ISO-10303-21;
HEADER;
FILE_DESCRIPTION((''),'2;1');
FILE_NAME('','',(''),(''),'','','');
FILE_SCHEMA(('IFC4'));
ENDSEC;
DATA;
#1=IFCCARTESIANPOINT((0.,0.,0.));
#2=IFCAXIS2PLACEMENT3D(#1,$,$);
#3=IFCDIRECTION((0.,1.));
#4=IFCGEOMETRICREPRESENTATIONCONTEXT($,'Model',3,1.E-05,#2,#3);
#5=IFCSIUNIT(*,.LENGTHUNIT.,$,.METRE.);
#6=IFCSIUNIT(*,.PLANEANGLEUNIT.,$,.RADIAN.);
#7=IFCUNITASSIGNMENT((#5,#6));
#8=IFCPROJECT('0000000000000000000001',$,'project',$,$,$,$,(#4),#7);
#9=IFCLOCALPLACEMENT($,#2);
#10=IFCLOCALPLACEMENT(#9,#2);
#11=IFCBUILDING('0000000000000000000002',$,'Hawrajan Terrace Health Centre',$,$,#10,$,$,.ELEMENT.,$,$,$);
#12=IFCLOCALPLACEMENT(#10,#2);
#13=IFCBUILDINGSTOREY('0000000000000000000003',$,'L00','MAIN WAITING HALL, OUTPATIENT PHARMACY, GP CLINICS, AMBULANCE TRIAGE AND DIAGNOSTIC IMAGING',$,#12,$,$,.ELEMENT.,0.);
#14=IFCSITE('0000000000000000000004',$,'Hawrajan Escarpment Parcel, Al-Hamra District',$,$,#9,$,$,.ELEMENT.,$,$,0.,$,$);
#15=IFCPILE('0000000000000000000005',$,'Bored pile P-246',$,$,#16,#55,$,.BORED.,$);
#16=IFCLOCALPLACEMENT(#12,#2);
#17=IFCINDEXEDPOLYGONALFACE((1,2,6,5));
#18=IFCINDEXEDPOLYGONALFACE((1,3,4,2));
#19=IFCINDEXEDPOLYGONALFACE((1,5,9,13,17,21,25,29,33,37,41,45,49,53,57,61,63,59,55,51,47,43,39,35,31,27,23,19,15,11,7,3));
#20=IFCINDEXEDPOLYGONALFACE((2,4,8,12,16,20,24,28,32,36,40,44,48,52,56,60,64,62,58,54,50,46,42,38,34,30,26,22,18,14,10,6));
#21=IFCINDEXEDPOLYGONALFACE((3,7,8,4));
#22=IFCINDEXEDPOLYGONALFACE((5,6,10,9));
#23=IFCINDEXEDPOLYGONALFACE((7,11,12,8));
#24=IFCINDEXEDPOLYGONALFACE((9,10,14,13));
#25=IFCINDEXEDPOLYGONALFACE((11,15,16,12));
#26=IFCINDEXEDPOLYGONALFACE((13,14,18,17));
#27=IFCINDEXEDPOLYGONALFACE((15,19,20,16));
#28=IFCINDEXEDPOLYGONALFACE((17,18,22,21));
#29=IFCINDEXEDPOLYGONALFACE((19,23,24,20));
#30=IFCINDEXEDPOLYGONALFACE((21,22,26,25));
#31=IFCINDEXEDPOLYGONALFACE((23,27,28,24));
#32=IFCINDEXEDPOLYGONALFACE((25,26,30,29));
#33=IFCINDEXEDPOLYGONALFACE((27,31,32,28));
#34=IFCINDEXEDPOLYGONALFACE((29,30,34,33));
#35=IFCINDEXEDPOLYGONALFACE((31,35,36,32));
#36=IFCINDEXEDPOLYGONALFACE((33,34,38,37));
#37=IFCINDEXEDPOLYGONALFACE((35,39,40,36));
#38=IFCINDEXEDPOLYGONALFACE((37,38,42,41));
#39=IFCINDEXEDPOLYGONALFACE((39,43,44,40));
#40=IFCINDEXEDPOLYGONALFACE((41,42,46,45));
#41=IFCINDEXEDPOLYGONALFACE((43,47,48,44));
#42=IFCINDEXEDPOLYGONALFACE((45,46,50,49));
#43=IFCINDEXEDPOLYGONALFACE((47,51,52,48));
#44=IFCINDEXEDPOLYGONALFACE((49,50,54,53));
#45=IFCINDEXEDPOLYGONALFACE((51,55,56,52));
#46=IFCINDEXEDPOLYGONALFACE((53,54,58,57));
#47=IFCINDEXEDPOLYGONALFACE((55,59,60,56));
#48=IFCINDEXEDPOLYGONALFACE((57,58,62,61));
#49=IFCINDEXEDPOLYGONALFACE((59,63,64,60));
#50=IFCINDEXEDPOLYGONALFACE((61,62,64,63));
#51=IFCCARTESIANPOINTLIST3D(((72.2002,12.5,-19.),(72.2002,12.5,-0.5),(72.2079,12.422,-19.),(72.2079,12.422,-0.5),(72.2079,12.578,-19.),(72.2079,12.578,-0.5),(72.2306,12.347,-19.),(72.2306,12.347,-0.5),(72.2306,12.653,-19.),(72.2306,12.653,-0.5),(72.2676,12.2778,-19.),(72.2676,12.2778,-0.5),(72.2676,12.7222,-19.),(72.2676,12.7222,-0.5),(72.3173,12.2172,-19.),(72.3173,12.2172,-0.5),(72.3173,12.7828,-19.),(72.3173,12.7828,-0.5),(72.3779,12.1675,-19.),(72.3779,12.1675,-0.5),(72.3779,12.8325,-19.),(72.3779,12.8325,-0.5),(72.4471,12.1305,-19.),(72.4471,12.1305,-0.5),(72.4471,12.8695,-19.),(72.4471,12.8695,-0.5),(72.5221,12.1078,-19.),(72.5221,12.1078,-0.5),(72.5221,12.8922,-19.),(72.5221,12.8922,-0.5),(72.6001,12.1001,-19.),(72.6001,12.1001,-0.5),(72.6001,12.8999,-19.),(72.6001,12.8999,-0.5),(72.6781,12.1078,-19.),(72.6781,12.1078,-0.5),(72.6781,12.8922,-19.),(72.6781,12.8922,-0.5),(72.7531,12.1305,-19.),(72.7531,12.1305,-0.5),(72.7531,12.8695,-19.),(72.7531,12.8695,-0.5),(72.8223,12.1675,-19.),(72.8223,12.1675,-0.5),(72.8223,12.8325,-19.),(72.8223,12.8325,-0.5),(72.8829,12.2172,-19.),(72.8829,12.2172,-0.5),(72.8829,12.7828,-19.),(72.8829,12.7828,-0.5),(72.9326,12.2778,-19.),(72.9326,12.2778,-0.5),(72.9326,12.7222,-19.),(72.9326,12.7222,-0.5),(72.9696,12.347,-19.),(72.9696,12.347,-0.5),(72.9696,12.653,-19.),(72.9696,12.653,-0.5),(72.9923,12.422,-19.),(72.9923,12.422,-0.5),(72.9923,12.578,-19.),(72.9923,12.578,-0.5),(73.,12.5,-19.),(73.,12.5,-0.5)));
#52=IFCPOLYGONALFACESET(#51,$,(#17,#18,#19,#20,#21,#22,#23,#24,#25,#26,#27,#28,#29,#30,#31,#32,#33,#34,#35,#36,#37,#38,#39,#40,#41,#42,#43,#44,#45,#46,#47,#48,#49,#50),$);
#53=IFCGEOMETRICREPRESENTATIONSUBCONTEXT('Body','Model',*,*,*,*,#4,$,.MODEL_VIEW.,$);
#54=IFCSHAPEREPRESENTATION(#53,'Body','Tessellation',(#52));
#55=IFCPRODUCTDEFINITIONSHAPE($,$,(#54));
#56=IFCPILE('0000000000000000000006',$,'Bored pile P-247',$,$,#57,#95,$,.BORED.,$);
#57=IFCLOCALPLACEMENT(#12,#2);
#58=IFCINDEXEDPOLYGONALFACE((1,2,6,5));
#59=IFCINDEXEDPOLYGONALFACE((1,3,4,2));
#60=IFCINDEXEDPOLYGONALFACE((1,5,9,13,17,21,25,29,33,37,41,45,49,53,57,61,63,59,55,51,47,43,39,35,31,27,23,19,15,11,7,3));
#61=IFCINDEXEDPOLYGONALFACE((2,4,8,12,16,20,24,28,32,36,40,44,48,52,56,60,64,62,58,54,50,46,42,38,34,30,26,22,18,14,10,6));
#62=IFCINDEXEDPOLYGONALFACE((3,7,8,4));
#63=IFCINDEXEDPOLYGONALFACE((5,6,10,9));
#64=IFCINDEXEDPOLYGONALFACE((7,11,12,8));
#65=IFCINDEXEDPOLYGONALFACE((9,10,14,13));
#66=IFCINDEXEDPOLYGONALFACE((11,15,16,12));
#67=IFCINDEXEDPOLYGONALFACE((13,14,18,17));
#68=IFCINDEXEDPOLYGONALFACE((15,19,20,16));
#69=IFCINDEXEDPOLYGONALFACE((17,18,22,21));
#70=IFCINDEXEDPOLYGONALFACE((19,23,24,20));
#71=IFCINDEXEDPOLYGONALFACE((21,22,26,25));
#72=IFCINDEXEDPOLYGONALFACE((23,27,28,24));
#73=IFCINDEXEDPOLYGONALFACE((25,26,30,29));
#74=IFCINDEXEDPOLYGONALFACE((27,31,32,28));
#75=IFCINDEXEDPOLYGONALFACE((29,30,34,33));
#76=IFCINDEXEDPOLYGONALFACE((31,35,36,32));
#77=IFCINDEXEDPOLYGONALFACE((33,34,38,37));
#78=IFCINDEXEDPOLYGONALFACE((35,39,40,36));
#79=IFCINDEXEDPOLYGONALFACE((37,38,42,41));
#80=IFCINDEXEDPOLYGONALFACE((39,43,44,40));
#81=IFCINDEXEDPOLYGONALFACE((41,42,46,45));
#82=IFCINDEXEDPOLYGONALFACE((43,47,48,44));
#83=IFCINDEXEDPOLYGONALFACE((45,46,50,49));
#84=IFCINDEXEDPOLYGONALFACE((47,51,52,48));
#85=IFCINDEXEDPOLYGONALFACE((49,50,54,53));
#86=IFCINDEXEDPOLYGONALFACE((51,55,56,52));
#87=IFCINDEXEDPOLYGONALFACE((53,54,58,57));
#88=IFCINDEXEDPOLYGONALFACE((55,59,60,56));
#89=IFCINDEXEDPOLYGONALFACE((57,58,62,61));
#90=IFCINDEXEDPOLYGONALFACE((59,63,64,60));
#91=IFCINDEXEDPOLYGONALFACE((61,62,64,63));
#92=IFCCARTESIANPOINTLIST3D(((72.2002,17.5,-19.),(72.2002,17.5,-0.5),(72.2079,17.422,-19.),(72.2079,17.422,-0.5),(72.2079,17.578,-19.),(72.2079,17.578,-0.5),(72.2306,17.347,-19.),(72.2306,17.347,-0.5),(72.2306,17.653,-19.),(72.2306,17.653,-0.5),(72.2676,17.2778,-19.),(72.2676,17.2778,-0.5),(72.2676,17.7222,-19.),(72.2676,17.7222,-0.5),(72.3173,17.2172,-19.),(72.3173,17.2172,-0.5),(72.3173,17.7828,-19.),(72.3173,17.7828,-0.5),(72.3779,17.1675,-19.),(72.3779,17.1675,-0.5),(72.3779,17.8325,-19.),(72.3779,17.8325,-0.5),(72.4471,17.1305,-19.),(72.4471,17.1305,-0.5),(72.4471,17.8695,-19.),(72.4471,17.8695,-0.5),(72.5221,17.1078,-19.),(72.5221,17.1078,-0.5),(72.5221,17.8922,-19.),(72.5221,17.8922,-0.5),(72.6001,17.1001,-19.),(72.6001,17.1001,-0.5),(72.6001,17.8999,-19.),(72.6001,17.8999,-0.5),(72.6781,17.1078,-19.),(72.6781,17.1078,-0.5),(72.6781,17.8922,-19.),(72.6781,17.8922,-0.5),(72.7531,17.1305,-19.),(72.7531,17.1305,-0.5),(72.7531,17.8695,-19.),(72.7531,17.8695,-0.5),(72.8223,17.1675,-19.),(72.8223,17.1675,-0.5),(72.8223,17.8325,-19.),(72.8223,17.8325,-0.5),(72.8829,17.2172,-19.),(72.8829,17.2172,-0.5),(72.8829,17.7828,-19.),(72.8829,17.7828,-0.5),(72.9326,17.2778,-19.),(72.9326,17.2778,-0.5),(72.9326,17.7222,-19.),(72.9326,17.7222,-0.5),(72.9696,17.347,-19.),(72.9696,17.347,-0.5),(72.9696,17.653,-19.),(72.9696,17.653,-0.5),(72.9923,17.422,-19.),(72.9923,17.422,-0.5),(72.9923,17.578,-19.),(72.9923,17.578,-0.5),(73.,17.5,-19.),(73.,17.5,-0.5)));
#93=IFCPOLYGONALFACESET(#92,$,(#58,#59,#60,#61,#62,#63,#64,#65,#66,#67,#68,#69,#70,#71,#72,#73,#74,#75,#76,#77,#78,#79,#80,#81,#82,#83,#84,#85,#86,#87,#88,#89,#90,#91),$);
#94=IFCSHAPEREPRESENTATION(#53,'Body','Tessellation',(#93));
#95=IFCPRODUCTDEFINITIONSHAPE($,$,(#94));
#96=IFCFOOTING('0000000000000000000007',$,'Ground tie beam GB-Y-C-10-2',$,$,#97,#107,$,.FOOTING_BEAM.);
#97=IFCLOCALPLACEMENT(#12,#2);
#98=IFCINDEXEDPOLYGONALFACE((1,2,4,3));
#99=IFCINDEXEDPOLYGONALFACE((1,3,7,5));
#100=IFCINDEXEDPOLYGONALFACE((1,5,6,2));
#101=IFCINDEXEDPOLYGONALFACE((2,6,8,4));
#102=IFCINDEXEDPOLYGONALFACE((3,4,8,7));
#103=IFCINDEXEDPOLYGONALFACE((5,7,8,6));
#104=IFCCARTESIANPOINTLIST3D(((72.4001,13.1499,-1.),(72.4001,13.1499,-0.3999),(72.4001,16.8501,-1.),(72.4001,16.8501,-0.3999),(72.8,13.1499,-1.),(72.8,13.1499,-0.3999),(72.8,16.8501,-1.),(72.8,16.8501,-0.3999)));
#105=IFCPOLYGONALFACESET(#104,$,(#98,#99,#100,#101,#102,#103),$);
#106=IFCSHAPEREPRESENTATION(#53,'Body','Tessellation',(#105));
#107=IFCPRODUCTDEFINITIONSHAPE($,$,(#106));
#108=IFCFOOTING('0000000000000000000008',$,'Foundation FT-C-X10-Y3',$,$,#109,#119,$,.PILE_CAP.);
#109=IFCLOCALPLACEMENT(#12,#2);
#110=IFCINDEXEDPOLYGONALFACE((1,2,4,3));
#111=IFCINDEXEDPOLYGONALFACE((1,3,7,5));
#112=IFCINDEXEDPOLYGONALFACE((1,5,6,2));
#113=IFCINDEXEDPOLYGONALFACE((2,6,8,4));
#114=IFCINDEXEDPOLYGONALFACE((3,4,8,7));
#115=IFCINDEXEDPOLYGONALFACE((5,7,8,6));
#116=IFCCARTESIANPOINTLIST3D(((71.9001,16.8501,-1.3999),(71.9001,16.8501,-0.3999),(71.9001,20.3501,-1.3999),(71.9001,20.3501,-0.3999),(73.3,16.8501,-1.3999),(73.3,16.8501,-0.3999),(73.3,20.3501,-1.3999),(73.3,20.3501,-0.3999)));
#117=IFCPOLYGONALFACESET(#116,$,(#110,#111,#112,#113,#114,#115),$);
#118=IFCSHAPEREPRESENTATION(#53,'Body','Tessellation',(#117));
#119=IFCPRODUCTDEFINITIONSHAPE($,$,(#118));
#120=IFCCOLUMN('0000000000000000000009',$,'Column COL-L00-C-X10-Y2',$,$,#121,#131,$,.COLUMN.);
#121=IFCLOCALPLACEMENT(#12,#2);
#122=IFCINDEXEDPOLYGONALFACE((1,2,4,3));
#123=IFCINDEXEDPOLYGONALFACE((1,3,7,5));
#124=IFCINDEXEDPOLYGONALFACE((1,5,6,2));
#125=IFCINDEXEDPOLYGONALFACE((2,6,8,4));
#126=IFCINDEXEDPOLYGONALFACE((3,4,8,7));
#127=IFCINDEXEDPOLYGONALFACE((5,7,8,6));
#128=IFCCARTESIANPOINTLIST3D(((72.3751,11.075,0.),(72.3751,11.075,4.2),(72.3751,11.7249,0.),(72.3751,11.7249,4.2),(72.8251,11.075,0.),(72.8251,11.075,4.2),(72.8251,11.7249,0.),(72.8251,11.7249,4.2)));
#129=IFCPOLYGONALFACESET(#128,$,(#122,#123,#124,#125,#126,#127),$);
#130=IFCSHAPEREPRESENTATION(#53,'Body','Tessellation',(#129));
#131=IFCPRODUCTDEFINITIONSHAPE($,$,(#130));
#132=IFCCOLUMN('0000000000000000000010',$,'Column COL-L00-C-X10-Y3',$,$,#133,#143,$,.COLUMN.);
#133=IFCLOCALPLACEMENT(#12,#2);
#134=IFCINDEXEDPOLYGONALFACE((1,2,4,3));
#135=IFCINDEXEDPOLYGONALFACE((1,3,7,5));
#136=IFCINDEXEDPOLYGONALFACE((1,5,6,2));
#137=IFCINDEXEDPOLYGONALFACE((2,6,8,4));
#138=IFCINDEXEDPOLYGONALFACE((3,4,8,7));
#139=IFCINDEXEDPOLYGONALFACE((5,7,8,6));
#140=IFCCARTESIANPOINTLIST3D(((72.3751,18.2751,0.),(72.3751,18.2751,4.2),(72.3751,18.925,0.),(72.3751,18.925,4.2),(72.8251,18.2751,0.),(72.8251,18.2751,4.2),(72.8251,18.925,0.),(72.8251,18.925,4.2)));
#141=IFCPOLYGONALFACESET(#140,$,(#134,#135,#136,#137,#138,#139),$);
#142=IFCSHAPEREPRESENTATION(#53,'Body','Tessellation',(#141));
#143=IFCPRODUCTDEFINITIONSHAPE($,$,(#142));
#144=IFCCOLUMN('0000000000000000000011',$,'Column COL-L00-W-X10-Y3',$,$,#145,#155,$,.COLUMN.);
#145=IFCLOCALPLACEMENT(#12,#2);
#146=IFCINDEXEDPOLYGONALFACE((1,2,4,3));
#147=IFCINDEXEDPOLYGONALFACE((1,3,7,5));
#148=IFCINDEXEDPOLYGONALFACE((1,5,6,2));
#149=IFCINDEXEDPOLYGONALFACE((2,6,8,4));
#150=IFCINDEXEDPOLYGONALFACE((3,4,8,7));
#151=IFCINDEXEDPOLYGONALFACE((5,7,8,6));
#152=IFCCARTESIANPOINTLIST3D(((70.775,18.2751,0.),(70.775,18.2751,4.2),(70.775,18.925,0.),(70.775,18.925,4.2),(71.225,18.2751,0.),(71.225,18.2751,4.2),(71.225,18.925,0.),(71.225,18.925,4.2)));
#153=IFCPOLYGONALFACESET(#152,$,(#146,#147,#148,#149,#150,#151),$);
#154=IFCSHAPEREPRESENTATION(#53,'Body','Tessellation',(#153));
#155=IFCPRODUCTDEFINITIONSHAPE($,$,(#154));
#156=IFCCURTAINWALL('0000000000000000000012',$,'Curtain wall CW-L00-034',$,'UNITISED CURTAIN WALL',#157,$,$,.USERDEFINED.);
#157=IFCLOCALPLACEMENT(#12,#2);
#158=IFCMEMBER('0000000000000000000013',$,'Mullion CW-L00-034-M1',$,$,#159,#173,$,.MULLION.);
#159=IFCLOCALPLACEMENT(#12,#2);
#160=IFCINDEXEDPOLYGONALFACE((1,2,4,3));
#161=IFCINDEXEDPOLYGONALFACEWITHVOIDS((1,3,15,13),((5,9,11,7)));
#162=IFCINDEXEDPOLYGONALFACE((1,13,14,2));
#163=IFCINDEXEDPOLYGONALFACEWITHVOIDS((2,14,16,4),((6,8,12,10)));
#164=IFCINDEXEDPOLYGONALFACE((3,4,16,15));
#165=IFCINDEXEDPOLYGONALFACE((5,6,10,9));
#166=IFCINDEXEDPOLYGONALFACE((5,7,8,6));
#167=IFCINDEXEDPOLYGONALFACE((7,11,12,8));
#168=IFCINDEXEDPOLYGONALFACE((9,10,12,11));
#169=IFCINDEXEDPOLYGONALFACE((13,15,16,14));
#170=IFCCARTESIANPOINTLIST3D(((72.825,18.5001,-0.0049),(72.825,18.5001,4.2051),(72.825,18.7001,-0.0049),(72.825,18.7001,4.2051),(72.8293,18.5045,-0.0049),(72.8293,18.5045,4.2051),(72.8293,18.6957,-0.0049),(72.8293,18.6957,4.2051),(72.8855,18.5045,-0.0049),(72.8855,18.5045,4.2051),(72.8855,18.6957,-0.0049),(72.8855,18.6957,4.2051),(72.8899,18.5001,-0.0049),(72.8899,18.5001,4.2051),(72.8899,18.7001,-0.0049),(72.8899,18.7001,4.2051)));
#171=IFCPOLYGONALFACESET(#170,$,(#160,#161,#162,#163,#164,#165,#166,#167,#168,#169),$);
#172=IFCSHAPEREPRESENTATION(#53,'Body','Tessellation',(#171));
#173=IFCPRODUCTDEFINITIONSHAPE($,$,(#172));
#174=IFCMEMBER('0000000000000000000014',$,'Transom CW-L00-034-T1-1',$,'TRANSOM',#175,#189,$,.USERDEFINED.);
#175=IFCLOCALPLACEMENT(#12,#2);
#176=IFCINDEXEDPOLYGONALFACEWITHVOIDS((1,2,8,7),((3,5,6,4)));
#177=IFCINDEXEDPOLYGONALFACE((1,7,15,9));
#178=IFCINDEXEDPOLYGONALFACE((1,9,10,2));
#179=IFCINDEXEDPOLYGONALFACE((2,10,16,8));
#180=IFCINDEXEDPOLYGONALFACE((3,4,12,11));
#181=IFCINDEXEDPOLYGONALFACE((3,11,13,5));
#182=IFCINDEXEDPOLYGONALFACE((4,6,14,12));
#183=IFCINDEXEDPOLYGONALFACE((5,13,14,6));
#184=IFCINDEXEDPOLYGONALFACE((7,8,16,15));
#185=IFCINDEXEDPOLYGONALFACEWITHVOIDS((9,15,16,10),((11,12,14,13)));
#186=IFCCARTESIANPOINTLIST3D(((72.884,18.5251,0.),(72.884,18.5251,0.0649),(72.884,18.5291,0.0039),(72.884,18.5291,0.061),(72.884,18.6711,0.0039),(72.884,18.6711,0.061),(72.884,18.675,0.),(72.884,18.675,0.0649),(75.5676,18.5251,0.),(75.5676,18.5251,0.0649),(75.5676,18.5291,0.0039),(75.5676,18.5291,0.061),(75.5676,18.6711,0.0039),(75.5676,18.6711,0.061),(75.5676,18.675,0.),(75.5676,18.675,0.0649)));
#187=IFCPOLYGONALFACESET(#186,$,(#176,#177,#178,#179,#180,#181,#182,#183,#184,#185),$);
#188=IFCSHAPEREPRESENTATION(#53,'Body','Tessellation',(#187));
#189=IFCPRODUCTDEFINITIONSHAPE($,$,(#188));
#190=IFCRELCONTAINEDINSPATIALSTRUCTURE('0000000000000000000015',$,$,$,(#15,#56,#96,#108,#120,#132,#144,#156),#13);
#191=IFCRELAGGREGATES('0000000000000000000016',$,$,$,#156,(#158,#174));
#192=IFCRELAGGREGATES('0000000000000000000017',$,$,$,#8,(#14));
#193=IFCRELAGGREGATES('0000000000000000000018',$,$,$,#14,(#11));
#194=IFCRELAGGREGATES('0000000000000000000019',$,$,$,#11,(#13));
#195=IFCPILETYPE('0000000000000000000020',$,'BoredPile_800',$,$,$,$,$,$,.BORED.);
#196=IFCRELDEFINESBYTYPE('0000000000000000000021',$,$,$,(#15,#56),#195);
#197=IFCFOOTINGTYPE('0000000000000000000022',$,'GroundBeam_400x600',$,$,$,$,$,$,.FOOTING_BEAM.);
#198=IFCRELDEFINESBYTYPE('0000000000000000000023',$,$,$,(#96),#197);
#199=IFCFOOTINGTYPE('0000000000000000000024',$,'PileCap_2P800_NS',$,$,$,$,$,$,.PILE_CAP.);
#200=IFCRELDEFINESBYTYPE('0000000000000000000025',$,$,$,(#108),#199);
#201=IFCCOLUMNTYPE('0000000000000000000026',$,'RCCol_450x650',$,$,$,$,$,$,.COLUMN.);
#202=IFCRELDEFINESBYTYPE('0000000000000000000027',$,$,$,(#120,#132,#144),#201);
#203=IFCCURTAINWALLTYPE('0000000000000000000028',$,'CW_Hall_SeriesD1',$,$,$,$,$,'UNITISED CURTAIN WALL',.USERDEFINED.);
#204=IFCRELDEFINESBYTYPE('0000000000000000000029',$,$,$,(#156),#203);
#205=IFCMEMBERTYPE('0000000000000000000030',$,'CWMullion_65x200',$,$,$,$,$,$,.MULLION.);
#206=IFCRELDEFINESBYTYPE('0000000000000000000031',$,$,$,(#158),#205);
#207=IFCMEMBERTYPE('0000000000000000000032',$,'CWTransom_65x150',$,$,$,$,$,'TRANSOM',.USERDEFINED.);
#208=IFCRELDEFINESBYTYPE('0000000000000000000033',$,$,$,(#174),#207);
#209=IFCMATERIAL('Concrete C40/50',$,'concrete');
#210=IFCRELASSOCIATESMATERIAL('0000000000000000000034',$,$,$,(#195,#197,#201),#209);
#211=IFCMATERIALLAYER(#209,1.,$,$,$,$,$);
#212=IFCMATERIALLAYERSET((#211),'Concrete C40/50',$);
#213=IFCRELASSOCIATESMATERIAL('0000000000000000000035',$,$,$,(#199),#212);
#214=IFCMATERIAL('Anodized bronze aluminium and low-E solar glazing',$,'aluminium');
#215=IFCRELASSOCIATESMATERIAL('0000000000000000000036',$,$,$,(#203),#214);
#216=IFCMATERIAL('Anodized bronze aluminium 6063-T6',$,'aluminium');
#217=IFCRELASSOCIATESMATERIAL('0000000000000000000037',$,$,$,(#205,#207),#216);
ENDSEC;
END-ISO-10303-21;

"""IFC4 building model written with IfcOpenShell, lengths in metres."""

from ifc_helpers import new_model, si_unit, direction, frame, origin, origin_2d, place, context, subcontext, project, spatial, rectangle, hollow_rectangle, circle, extrude, material, layer, layer_set, material_profile, profile_set, type_object, element, aggregate, save


model = new_model("IFC4")

# Units and contexts
model_context = context("Model", 3, precision=1e-05, world=origin(), true_north=direction((0.0, 1.0)))
body_context = subcontext(model_context, "Body", "Model", "MODEL_VIEW")
ifc_project = project(units=[si_unit("LENGTHUNIT", "METRE"), si_unit("PLANEANGLEUNIT", "RADIAN")], contexts=[model_context])

# Site, building, storey
site_placement = place(None, origin())
site = spatial("IfcSite", under=ifc_project, at=site_placement, Name="Hawrajan Escarpment Parcel, Al-Hamra District", CompositionType="ELEMENT", RefElevation=0.0)
building_placement = place(site_placement, origin())
building = spatial("IfcBuilding", under=site, at=building_placement, Name="Hawrajan Terrace Health Centre", CompositionType="ELEMENT")
storey_placement = place(building_placement, origin())
storey = spatial("IfcBuildingStorey", under=building, at=storey_placement, Name="L00", Description="MAIN WAITING HALL, OUTPATIENT PHARMACY, GP CLINICS, AMBULANCE TRIAGE AND DIAGNOSTIC IMAGING", CompositionType="ELEMENT", Elevation=0.0)

# Piles
ifc_material_1 = material(Name="Concrete C40/50", Category="concrete")
ifc_material_profile_1 = material_profile(ifc_material_1, circle(Radius=0.3999, at=origin_2d()), Name="BP 800")
ifc_profile_set_1 = profile_set([ifc_material_profile_1], Name="Concrete C40/50")
pile_type = type_object("IfcPileType", Name="BoredPile_800", PredefinedType="BORED", material=ifc_profile_set_1)
for number, where, z_axis, x_axis, name in (
    (1, (72.6001, 12.5, -0.5), (0.0, 0.0, -1.0), (1.0, 0.0, 0.0), "Bored pile P-246"),
    (2, (72.6001, 17.5, -0.5), (0.0, 0.0, -1.0), (1.0, 0.0, 0.0), "Bored pile P-247"),
):
    element("IfcPile", number, at=place(storey_placement, frame(where, z_axis=z_axis, x_axis=x_axis)), inside=storey, type_object=pile_type, Name=name, PredefinedType="BORED", context=body_context, shape_type="SweptSolid", body=[
        extrude(circle(Radius=0.3999, at=origin_2d()), origin(), (0.0, 0.0, 1.0), 18.5),
    ])

# Footings
ifc_material_profile_2 = material_profile(ifc_material_1, rectangle(XDim=0.3999, YDim=0.6001, at=origin_2d()), Name="RC BM 400x600")
ifc_profile_set_2 = profile_set([ifc_material_profile_2], Name="Concrete C40/50")
footing_type_1 = type_object("IfcFootingType", Name="GroundBeam_400x600", PredefinedType="FOOTING_BEAM", material=ifc_profile_set_2)
footing_1_placement = place(storey_placement, frame((72.6001, 13.1499, -0.7), z_axis=(0.0, 1.0, 0.0), x_axis=(-1.0, 0.0, 0.0)))
element("IfcFooting", 3, at=footing_1_placement, inside=storey, type_object=footing_type_1, Name="Ground tie beam GB-Y-C-10-2", PredefinedType="FOOTING_BEAM", context=body_context, shape_type="SweptSolid", body=[
    extrude(rectangle(XDim=0.3999, YDim=0.6001, at=origin_2d()), origin(), (0.0, 0.0, 1.0), 3.7002),
])
ifc_layer_1 = layer(ifc_material_1, 1.0)
ifc_layer_set_1 = layer_set([ifc_layer_1], Name="Concrete C40/50")
footing_type_2 = type_object("IfcFootingType", Name="PileCap_2P800_NS", PredefinedType="PILE_CAP", material=ifc_layer_set_1)
footing_2_placement = place(storey_placement, frame((72.6001, 18.6001, -1.3999), z_axis=(0.0, 0.0, 1.0), x_axis=(1.0, 0.0, 0.0)))
element("IfcFooting", 4, at=footing_2_placement, inside=storey, type_object=footing_type_2, Name="Foundation FT-C-X10-Y3", PredefinedType="PILE_CAP", context=body_context, shape_type="SweptSolid", body=[
    extrude(rectangle(XDim=1.3999, YDim=3.5, at=origin_2d()), origin(), (0.0, 0.0, 1.0), 1.0),
])

# Columns
ifc_material_profile_3 = material_profile(ifc_material_1, rectangle(XDim=0.45, YDim=0.6499, at=origin_2d()), Name="RC 450x650")
ifc_profile_set_3 = profile_set([ifc_material_profile_3], Name="Concrete C40/50")
column_type = type_object("IfcColumnType", Name="RCCol_450x650", PredefinedType="COLUMN", material=ifc_profile_set_3)
for number, where, z_axis, x_axis, name in (
    (5, (72.6001, 11.3999, 0.0), (0.0, 0.0, 1.0), (1.0, 0.0, 0.0), "Column COL-L00-C-X10-Y2"),
    (6, (72.6001, 18.6001, 0.0), (0.0, 0.0, 1.0), (1.0, 0.0, 0.0), "Column COL-L00-C-X10-Y3"),
    (7, (71.0, 18.6001, 0.0), (0.0, 0.0, 1.0), (1.0, 0.0, 0.0), "Column COL-L00-W-X10-Y3"),
):
    element("IfcColumn", number, at=place(storey_placement, frame(where, z_axis=z_axis, x_axis=x_axis)), inside=storey, type_object=column_type, Name=name, PredefinedType="COLUMN", context=body_context, shape_type="SweptSolid", body=[
        extrude(rectangle(XDim=0.45, YDim=0.6499, at=origin_2d()), origin(), (0.0, 0.0, 1.0), 4.2),
    ])

# Curtain wall, members
ifc_material_2 = material(Name="Anodized bronze aluminium and low-E solar glazing", Category="aluminium")
curtain_wall_type = type_object("IfcCurtainWallType", Name="CW_Hall_SeriesD1", ElementType="UNITISED CURTAIN WALL", PredefinedType="USERDEFINED", material=ifc_material_2)
curtain_wall_placement = place(storey_placement, origin())
curtain_wall = element("IfcCurtainWall", 8, at=curtain_wall_placement, inside=storey, type_object=curtain_wall_type, Name="Curtain wall CW-L00-034", ObjectType="UNITISED CURTAIN WALL", PredefinedType="USERDEFINED")
ifc_material_3 = material(Name="Anodized bronze aluminium 6063-T6", Category="aluminium")
ifc_material_profile_4 = material_profile(ifc_material_3, hollow_rectangle(XDim=0.0649, YDim=0.2, WallThickness=0.0044, at=origin_2d()), Name="CW MUL 65x200")
ifc_profile_set_4 = profile_set([ifc_material_profile_4], Name="Anodized bronze aluminium 6063-T6")
member_type_1 = type_object("IfcMemberType", Name="CWMullion_65x200", PredefinedType="MULLION", material=ifc_profile_set_4)
member_1_placement = place(storey_placement, frame((72.8574, 18.6001, -0.0049), z_axis=(0.0, 0.0, 1.0), x_axis=(1.0, 0.0, 0.0)))
member_1 = element("IfcMember", 9, at=member_1_placement, type_object=member_type_1, Name="Mullion CW-L00-034-M1", PredefinedType="MULLION", context=body_context, shape_type="SweptSolid", body=[
    extrude(hollow_rectangle(XDim=0.0649, YDim=0.2, WallThickness=0.0044, at=origin_2d()), origin(), (0.0, 0.0, 1.0), 4.21),
])
ifc_material_profile_5 = material_profile(ifc_material_3, hollow_rectangle(XDim=0.0649, YDim=0.1499, WallThickness=0.0039, at=origin_2d()), Name="CW TRN 65x150")
ifc_profile_set_5 = profile_set([ifc_material_profile_5], Name="Anodized bronze aluminium 6063-T6")
member_type_2 = type_object("IfcMemberType", Name="CWTransom_65x150", ElementType="TRANSOM", PredefinedType="USERDEFINED", material=ifc_profile_set_5)
member_2_placement = place(storey_placement, frame((72.884, 18.6001, 0.0325), z_axis=(1.0, 0.0, 0.0), x_axis=(0.0, 0.0, 1.0)))
member_2 = element("IfcMember", 10, at=member_2_placement, type_object=member_type_2, Name="Transom CW-L00-034-T1-1", ObjectType="TRANSOM", PredefinedType="USERDEFINED", context=body_context, shape_type="SweptSolid", body=[
    extrude(hollow_rectangle(XDim=0.0649, YDim=0.1499, WallThickness=0.0039, at=origin_2d()), origin(), (0.0, 0.0, 1.0), 2.6836),
])
aggregate(curtain_wall, [member_1, member_2])

save(model, "model.ifc")
